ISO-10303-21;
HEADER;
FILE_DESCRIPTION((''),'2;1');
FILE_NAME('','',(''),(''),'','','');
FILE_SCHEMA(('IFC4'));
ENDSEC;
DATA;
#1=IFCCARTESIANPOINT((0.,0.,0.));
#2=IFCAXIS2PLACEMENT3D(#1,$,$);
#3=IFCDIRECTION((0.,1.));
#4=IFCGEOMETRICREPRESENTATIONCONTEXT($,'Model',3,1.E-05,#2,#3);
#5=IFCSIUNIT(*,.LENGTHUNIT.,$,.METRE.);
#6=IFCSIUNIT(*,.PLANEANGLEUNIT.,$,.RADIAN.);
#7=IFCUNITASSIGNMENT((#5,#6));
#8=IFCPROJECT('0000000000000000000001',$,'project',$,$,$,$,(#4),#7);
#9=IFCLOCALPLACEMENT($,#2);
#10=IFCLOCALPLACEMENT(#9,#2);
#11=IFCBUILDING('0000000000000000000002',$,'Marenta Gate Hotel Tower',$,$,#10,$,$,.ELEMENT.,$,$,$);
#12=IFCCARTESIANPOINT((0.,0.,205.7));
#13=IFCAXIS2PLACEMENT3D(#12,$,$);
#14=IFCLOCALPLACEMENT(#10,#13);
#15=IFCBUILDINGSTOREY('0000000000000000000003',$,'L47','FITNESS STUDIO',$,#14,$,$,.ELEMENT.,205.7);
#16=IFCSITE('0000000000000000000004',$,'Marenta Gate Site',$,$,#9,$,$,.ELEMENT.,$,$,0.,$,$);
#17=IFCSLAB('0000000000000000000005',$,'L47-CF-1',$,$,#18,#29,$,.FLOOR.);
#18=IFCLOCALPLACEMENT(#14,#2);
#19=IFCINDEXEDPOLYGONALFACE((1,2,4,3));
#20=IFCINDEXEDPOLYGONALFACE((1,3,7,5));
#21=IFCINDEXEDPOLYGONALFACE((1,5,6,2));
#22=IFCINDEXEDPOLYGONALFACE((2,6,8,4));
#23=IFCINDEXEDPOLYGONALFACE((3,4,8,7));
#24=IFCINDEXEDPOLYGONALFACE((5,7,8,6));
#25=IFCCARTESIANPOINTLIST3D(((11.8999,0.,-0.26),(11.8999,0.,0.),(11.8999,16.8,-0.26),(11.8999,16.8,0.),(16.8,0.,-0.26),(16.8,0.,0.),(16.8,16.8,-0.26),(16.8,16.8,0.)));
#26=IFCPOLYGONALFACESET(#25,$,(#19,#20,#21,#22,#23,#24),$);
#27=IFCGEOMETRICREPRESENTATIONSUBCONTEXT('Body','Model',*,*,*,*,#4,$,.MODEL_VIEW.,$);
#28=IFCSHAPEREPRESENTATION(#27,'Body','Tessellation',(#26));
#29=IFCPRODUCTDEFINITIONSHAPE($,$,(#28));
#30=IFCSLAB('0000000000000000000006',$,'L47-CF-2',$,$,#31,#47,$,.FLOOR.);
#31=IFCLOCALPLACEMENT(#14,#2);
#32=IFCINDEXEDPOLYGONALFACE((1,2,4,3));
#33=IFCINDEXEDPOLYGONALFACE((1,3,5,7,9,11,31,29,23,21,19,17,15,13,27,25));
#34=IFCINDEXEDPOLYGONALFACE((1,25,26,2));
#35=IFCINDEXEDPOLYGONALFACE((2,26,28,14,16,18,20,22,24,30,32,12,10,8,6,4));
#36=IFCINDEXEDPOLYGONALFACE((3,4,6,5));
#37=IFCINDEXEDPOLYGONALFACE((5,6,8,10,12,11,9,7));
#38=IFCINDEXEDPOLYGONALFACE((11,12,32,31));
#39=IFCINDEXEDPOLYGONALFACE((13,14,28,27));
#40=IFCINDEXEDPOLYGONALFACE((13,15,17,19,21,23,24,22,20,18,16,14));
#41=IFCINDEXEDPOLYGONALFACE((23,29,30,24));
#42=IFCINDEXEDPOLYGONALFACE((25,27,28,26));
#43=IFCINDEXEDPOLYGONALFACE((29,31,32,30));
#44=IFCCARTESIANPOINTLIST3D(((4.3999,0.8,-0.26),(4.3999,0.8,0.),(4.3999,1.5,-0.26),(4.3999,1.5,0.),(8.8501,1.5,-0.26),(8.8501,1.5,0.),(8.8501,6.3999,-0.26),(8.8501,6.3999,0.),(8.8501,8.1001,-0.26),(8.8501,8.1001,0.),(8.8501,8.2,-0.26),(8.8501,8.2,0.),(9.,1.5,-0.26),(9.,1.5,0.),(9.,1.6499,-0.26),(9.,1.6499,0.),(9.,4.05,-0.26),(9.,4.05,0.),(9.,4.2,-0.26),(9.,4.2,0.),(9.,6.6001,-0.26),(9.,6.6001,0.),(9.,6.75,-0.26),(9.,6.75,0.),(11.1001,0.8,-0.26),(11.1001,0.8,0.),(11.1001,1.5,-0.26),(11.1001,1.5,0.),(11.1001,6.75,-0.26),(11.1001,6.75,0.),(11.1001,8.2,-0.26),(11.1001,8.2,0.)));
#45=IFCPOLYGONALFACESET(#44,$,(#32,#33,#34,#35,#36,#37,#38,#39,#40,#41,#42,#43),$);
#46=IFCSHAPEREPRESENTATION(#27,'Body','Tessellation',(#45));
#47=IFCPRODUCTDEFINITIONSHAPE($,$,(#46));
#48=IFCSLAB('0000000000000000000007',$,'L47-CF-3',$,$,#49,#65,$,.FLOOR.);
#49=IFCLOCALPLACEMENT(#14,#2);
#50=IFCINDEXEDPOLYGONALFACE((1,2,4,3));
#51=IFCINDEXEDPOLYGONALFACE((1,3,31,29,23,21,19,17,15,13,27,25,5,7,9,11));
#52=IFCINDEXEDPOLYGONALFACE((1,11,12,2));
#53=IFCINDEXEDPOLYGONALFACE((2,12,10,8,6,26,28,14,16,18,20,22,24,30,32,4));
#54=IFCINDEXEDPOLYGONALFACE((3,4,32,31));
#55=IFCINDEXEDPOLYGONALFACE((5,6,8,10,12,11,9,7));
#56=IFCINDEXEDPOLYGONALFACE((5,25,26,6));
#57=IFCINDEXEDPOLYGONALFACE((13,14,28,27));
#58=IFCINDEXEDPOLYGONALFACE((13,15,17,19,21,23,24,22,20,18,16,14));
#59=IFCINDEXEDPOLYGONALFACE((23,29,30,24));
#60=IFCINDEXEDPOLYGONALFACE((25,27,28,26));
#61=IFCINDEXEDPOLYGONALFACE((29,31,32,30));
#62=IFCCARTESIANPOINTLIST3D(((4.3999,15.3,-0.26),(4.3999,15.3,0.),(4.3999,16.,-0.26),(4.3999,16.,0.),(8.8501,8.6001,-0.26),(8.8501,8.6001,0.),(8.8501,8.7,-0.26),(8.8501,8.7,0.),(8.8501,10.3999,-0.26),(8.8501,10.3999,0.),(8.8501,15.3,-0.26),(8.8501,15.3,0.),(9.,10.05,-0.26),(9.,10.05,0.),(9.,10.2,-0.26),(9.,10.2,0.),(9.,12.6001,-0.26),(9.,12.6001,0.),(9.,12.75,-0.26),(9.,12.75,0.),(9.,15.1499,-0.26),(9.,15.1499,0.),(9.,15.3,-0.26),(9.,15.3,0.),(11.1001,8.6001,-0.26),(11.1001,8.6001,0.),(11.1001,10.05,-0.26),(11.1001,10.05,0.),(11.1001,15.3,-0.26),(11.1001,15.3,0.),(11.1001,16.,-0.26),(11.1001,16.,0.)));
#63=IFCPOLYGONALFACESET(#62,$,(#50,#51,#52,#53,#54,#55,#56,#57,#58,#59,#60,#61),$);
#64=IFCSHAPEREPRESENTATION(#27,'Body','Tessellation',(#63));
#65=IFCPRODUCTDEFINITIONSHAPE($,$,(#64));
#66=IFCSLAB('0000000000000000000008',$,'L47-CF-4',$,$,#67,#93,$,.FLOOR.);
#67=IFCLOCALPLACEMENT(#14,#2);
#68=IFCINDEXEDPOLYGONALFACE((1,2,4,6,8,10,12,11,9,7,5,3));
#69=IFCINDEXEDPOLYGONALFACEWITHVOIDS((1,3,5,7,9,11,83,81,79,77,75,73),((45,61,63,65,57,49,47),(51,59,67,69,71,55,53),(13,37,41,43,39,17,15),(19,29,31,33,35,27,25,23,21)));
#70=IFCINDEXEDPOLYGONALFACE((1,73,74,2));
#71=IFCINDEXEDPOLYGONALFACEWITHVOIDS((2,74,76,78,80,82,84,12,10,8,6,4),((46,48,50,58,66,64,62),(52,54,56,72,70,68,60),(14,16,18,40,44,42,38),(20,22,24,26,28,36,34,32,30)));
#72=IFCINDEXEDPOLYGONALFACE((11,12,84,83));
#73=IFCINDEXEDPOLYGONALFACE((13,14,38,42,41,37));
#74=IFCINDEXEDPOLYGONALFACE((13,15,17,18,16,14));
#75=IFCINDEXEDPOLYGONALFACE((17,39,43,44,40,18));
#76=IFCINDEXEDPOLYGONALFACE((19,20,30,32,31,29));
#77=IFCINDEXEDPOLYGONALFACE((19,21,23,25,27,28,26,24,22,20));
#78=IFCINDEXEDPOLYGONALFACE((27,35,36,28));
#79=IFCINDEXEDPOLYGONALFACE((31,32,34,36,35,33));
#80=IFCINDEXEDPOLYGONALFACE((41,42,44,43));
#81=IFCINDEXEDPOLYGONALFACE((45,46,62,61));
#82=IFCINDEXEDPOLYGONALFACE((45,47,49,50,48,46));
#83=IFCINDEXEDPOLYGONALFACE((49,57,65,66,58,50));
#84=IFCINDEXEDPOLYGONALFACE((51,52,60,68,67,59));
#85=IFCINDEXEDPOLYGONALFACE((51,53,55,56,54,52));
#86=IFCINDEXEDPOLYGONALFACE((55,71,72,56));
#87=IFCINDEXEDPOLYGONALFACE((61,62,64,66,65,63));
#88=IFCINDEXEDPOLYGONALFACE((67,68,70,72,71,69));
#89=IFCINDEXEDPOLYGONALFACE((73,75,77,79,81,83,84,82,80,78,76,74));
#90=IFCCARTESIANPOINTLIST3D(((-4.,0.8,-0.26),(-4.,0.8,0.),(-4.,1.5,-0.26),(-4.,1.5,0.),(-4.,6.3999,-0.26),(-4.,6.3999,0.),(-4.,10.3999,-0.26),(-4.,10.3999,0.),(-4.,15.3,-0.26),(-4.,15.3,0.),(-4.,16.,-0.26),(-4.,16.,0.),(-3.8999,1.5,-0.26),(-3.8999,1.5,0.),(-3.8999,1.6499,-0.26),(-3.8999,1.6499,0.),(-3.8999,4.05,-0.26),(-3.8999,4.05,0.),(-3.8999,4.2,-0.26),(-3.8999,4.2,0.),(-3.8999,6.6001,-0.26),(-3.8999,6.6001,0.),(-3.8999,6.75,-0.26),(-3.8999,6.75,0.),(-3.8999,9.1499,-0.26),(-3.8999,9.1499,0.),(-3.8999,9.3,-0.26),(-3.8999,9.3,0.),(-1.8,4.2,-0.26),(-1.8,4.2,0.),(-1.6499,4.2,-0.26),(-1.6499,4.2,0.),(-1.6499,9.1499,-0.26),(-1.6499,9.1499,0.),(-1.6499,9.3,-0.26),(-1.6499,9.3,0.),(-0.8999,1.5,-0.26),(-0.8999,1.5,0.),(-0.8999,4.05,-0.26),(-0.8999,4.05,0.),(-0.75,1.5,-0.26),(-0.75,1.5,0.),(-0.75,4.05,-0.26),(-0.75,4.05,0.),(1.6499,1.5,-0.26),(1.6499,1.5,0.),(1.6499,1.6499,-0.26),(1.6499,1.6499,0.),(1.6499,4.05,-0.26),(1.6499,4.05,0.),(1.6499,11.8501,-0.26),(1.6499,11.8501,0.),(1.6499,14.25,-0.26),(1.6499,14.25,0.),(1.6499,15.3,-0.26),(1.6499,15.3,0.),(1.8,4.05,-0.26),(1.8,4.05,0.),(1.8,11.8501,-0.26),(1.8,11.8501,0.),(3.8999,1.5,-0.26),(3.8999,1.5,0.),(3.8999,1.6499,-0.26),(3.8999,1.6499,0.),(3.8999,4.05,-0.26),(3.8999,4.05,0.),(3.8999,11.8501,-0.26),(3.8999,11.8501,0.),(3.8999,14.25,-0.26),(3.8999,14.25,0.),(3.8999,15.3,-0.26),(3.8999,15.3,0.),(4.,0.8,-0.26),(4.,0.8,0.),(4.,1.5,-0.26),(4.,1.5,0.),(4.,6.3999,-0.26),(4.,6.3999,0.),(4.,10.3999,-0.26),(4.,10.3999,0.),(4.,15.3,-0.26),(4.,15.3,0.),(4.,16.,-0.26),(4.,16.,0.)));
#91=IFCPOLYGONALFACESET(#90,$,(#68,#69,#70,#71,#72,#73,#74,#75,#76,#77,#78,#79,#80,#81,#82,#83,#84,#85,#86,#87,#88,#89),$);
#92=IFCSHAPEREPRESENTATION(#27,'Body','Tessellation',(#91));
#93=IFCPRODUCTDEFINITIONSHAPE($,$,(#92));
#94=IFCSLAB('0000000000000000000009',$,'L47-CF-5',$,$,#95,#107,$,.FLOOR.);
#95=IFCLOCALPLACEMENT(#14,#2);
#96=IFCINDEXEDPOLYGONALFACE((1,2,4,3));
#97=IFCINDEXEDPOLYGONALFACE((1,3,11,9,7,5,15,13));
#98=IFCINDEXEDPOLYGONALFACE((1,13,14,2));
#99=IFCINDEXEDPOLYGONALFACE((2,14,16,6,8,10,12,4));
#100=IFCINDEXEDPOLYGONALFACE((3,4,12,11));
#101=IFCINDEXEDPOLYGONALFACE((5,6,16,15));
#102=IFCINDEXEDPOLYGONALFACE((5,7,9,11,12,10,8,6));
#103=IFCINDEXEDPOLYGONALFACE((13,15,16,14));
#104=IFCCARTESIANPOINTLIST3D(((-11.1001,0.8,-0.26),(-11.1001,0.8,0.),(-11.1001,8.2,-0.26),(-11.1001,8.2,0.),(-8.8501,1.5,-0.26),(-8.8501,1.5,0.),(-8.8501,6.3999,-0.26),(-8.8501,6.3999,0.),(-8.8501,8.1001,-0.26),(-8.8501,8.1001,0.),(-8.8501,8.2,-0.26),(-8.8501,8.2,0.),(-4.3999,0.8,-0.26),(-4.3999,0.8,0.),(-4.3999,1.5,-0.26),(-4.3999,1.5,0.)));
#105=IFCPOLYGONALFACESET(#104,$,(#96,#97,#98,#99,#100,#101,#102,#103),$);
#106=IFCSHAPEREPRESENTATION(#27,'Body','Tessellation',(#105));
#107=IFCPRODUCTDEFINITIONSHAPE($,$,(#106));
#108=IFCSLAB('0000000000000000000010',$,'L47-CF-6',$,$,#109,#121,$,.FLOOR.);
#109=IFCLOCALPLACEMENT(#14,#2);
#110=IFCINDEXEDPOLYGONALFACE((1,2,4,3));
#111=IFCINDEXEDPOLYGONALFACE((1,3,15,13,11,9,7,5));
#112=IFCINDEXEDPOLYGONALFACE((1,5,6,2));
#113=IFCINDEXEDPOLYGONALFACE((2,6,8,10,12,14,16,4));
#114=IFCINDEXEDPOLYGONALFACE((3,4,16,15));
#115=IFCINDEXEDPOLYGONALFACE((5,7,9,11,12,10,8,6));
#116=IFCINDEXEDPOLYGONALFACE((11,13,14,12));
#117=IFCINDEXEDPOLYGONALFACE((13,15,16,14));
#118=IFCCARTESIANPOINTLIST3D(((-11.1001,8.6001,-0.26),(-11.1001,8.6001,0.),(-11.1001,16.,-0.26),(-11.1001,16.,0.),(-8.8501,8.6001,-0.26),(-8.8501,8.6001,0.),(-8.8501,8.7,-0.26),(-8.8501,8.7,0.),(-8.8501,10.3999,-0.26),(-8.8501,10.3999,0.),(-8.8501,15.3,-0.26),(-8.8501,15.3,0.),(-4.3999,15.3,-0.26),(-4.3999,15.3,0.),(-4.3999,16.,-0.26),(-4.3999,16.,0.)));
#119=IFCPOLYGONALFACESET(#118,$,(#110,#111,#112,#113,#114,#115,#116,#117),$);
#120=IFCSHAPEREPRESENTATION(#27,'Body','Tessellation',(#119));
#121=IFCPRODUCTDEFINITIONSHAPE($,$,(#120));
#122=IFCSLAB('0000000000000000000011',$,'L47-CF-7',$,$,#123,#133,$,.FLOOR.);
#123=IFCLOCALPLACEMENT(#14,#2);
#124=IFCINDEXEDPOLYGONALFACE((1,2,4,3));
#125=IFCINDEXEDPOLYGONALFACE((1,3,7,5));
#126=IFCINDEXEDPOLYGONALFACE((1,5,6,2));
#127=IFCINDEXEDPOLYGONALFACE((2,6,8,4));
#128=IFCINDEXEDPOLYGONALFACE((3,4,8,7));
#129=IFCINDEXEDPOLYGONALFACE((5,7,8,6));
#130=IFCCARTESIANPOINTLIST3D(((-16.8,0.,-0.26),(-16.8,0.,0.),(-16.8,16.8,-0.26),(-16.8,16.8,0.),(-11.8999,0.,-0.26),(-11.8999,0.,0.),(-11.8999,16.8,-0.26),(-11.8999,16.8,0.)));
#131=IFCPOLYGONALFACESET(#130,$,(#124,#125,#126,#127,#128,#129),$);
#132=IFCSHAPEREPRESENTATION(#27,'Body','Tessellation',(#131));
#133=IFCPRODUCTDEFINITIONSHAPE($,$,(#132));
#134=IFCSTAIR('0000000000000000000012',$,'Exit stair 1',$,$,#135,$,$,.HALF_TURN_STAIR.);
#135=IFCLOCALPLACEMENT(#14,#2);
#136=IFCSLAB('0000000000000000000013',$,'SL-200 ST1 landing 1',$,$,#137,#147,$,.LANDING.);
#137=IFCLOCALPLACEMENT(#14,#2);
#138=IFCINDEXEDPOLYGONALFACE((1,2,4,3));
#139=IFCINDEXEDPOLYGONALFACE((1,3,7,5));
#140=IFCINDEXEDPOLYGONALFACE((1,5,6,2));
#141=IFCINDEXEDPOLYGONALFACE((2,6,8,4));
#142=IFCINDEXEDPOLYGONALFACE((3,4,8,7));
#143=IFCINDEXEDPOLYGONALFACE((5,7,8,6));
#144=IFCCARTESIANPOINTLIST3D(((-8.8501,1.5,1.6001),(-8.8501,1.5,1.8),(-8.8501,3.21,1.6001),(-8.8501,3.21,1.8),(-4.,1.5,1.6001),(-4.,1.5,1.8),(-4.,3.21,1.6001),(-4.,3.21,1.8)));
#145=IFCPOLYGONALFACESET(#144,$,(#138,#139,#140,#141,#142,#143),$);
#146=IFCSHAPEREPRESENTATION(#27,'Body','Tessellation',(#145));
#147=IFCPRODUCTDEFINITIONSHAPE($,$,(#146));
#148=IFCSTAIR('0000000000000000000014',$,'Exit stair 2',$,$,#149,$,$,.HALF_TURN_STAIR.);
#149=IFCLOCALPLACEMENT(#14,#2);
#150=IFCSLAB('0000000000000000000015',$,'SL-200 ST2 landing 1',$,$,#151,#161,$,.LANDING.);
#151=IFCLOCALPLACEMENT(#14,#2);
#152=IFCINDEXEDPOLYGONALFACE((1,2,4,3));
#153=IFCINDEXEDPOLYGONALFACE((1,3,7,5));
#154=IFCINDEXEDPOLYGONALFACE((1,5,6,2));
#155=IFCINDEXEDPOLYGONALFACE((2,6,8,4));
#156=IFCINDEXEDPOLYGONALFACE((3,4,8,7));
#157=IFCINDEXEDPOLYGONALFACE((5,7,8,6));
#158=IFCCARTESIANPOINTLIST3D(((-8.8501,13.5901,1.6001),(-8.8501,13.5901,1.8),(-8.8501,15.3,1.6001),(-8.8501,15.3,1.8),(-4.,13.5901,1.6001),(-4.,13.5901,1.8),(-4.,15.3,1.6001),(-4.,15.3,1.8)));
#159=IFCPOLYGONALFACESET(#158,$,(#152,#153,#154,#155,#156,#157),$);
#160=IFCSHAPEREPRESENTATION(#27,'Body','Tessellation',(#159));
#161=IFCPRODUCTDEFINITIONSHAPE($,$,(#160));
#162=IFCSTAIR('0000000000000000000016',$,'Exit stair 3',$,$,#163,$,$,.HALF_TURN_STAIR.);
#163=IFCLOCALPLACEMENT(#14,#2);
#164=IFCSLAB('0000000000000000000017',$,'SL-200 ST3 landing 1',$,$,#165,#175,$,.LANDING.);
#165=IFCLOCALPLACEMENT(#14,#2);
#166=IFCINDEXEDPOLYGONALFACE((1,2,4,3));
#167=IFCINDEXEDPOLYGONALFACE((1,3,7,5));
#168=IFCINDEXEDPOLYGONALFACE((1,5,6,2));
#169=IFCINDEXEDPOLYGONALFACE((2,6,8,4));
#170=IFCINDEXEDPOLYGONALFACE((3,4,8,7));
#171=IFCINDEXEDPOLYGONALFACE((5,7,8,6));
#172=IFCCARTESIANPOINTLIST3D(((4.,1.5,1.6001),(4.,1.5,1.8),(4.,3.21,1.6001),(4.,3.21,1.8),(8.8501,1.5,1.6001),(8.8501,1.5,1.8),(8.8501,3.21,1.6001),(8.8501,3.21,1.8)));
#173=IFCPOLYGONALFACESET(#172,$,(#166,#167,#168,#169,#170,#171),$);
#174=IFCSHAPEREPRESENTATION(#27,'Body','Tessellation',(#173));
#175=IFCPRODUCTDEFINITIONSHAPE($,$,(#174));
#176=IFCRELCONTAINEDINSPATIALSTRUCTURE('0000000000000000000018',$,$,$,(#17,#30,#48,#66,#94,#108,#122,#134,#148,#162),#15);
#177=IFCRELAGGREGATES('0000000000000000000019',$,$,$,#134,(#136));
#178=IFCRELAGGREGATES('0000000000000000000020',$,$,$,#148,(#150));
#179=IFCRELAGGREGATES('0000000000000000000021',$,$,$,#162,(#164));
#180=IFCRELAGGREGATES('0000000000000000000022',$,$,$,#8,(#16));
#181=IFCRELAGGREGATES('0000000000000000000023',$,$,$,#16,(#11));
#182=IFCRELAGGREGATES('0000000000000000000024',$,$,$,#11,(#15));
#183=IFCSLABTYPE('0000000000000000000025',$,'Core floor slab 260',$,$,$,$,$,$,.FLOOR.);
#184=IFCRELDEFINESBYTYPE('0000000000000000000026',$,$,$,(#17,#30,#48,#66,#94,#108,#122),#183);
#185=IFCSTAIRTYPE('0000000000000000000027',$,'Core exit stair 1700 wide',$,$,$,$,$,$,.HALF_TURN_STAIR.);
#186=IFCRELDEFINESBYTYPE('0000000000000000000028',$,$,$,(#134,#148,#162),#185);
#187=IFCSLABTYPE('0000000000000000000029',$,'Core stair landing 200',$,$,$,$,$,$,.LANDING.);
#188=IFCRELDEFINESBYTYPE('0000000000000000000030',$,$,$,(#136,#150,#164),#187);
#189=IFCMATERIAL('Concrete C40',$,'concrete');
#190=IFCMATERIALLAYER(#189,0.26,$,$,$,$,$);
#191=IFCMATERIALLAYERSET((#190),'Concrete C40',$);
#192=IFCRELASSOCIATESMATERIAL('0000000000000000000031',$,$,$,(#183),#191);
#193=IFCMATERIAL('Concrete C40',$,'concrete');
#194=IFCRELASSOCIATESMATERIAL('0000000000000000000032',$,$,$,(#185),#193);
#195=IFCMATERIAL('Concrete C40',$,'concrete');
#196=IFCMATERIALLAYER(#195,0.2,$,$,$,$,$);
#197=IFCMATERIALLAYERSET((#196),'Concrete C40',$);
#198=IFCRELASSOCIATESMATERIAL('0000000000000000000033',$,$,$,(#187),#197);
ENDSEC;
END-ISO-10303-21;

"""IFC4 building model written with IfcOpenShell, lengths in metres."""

from ifc_helpers import new_model, si_unit, direction, frame, origin, place, context, subcontext, project, spatial, polyline, outline, extrude, material, layer, layer_set, type_object, element, aggregate, save


model = new_model("IFC4")

# Units and contexts
model_context = context("Model", 3, precision=1e-05, world=origin(), true_north=direction((0.0, 1.0)))
body_context = subcontext(model_context, "Body", "Model", "MODEL_VIEW")
ifc_project = project(units=[si_unit("LENGTHUNIT", "METRE"), si_unit("PLANEANGLEUNIT", "RADIAN")], contexts=[model_context])

# Site, building, storey
site_placement = place(None, origin())
site = spatial("IfcSite", under=ifc_project, at=site_placement, Name="Marenta Gate Site", CompositionType="ELEMENT", RefElevation=0.0)
building_placement = place(site_placement, origin())
building = spatial("IfcBuilding", under=site, at=building_placement, Name="Marenta Gate Hotel Tower", CompositionType="ELEMENT")
storey_placement = place(building_placement, frame((0.0, 0.0, 205.7)))
storey = spatial("IfcBuildingStorey", under=building, at=storey_placement, Name="L47", Description="FITNESS STUDIO", CompositionType="ELEMENT", Elevation=205.7)

# Slabs
ifc_material_1 = material(Name="Concrete C40", Category="concrete")
ifc_layer_1 = layer(ifc_material_1, 0.26)
ifc_layer_set_1 = layer_set([ifc_layer_1], Name="Concrete C40")
slab_type_1 = type_object("IfcSlabType", Name="Core floor slab 260", PredefinedType="FLOOR", material=ifc_layer_set_1)
slab_1_placement = place(storey_placement, frame((0.0, 0.0, -0.26)))
element("IfcSlab", 1, at=slab_1_placement, inside=storey, type_object=slab_type_1, Name="L47-CF-1", PredefinedType="FLOOR", context=body_context, shape_type="SweptSolid", body=[
    extrude(outline(polyline([(11.8999, 0.0), (11.8999, 16.8), (16.8, 16.8), (16.8, 0.0), (11.8999, 0.0)])), origin(), (0.0, 0.0, 1.0), 0.26),
])
slab_2_placement = place(storey_placement, frame((0.0, 0.0, -0.26)))
element("IfcSlab", 2, at=slab_2_placement, inside=storey, type_object=slab_type_1, Name="L47-CF-2", PredefinedType="FLOOR", context=body_context, shape_type="SweptSolid", body=[
    extrude(outline(polyline([(8.8501, 1.5), (8.8501, 6.3999), (8.8501, 8.1001), (8.8501, 8.2), (11.1001, 8.2), (11.1001, 6.75), (9.0, 6.75), (9.0, 6.6001), (9.0, 4.2), (9.0, 4.05), (9.0, 1.6499), (9.0, 1.5), (11.1001, 1.5), (11.1001, 0.8), (4.3999, 0.8), (4.3999, 1.5), (8.8501, 1.5)])), origin(), (0.0, 0.0, 1.0), 0.26),
])
slab_3_placement = place(storey_placement, frame((0.0, 0.0, -0.26)))
element("IfcSlab", 3, at=slab_3_placement, inside=storey, type_object=slab_type_1, Name="L47-CF-3", PredefinedType="FLOOR", context=body_context, shape_type="SweptSolid", body=[
    extrude(outline(polyline([(8.8501, 15.3), (4.3999, 15.3), (4.3999, 16.0), (11.1001, 16.0), (11.1001, 15.3), (9.0, 15.3), (9.0, 15.1499), (9.0, 12.75), (9.0, 12.6001), (9.0, 10.2), (9.0, 10.05), (11.1001, 10.05), (11.1001, 8.6001), (8.8501, 8.6001), (8.8501, 8.7), (8.8501, 10.3999), (8.8501, 15.3)])), origin(), (0.0, 0.0, 1.0), 0.26),
])
slab_4_placement = place(storey_placement, frame((0.0, 0.0, -0.26)))
element("IfcSlab", 4, at=slab_4_placement, inside=storey, type_object=slab_type_1, Name="L47-CF-4", PredefinedType="FLOOR", context=body_context, shape_type="SweptSolid", body=[
    extrude(outline(polyline([(4.0, 15.3), (4.0, 10.3999), (4.0, 6.3999), (4.0, 1.5), (4.0, 0.8), (-4.0, 0.8), (-4.0, 1.5), (-4.0, 6.3999), (-4.0, 10.3999), (-4.0, 15.3), (-4.0, 16.0), (4.0, 16.0), (4.0, 15.3)]), holes=[polyline([(1.6499, 14.25), (1.6499, 11.8501), (1.8, 11.8501), (3.8999, 11.8501), (3.8999, 14.25), (3.8999, 15.3), (1.6499, 15.3), (1.6499, 14.25)]), polyline([(3.8999, 1.6499), (3.8999, 4.05), (1.8, 4.05), (1.6499, 4.05), (1.6499, 1.6499), (1.6499, 1.5), (3.8999, 1.5), (3.8999, 1.6499)]), polyline([(-3.8999, 1.6499), (-3.8999, 1.5), (-0.8999, 1.5), (-0.75, 1.5), (-0.75, 4.05), (-0.8999, 4.05), (-3.8999, 4.05), (-3.8999, 1.6499)]), polyline([(-1.8, 4.2), (-1.6499, 4.2), (-1.6499, 9.1499), (-1.6499, 9.3), (-3.8999, 9.3), (-3.8999, 9.1499), (-3.8999, 6.75), (-3.8999, 6.6001), (-3.8999, 4.2), (-1.8, 4.2)])]), origin(), (0.0, 0.0, 1.0), 0.26),
])
slab_5_placement = place(storey_placement, frame((0.0, 0.0, -0.26)))
element("IfcSlab", 5, at=slab_5_placement, inside=storey, type_object=slab_type_1, Name="L47-CF-5", PredefinedType="FLOOR", context=body_context, shape_type="SweptSolid", body=[
    extrude(outline(polyline([(-8.8501, 8.2), (-8.8501, 8.1001), (-8.8501, 6.3999), (-8.8501, 1.5), (-4.3999, 1.5), (-4.3999, 0.8), (-11.1001, 0.8), (-11.1001, 8.2), (-8.8501, 8.2)])), origin(), (0.0, 0.0, 1.0), 0.26),
])
slab_6_placement = place(storey_placement, frame((0.0, 0.0, -0.26)))
element("IfcSlab", 6, at=slab_6_placement, inside=storey, type_object=slab_type_1, Name="L47-CF-6", PredefinedType="FLOOR", context=body_context, shape_type="SweptSolid", body=[
    extrude(outline(polyline([(-4.3999, 15.3), (-8.8501, 15.3), (-8.8501, 10.3999), (-8.8501, 8.7), (-8.8501, 8.6001), (-11.1001, 8.6001), (-11.1001, 16.0), (-4.3999, 16.0), (-4.3999, 15.3)])), origin(), (0.0, 0.0, 1.0), 0.26),
])
slab_7_placement = place(storey_placement, frame((0.0, 0.0, -0.26)))
element("IfcSlab", 7, at=slab_7_placement, inside=storey, type_object=slab_type_1, Name="L47-CF-7", PredefinedType="FLOOR", context=body_context, shape_type="SweptSolid", body=[
    extrude(outline(polyline([(-11.8999, 16.8), (-11.8999, 0.0), (-16.8, 0.0), (-16.8, 16.8), (-11.8999, 16.8)])), origin(), (0.0, 0.0, 1.0), 0.26),
])

# Stairs, slabs
ifc_material_2 = material(Name="Concrete C40", Category="concrete")
stair_type_1 = type_object("IfcStairType", Name="Core exit stair 1700 wide", PredefinedType="HALF_TURN_STAIR", material=ifc_material_2)
stair_1_placement = place(storey_placement, origin())
stair_1 = element("IfcStair", 8, at=stair_1_placement, inside=storey, type_object=stair_type_1, Name="Exit stair 1", PredefinedType="HALF_TURN_STAIR")
ifc_material_3 = material(Name="Concrete C40", Category="concrete")
ifc_layer_2 = layer(ifc_material_3, 0.2)
ifc_layer_set_2 = layer_set([ifc_layer_2], Name="Concrete C40")
slab_type_2 = type_object("IfcSlabType", Name="Core stair landing 200", PredefinedType="LANDING", material=ifc_layer_set_2)
slab_8_placement = place(storey_placement, frame((0.0, 0.0, 1.6001)))
slab_8 = element("IfcSlab", 9, at=slab_8_placement, type_object=slab_type_2, Name="SL-200 ST1 landing 1", PredefinedType="LANDING", context=body_context, shape_type="SweptSolid", body=[
    extrude(outline(polyline([(-8.8501, 1.5), (-4.0, 1.5), (-4.0, 3.21), (-8.8501, 3.21), (-8.8501, 1.5)])), origin(), (0.0, 0.0, 1.0), 0.2),
])
aggregate(stair_1, [slab_8])
stair_2_placement = place(storey_placement, origin())
stair_2 = element("IfcStair", 10, at=stair_2_placement, inside=storey, type_object=stair_type_1, Name="Exit stair 2", PredefinedType="HALF_TURN_STAIR")
slab_9_placement = place(storey_placement, frame((0.0, 0.0, 1.6001)))
slab_9 = element("IfcSlab", 11, at=slab_9_placement, type_object=slab_type_2, Name="SL-200 ST2 landing 1", PredefinedType="LANDING", context=body_context, shape_type="SweptSolid", body=[
    extrude(outline(polyline([(-8.8501, 13.5901), (-4.0, 13.5901), (-4.0, 15.3), (-8.8501, 15.3), (-8.8501, 13.5901)])), origin(), (0.0, 0.0, 1.0), 0.2),
])
aggregate(stair_2, [slab_9])
stair_3_placement = place(storey_placement, origin())
stair_3 = element("IfcStair", 12, at=stair_3_placement, inside=storey, type_object=stair_type_1, Name="Exit stair 3", PredefinedType="HALF_TURN_STAIR")
slab_10_placement = place(storey_placement, frame((0.0, 0.0, 1.6001)))
slab_10 = element("IfcSlab", 13, at=slab_10_placement, type_object=slab_type_2, Name="SL-200 ST3 landing 1", PredefinedType="LANDING", context=body_context, shape_type="SweptSolid", body=[
    extrude(outline(polyline([(4.0, 1.5), (8.8501, 1.5), (8.8501, 3.21), (4.0, 3.21), (4.0, 1.5)])), origin(), (0.0, 0.0, 1.0), 0.2),
])
aggregate(stair_3, [slab_10])

save(model, "model.ifc")
